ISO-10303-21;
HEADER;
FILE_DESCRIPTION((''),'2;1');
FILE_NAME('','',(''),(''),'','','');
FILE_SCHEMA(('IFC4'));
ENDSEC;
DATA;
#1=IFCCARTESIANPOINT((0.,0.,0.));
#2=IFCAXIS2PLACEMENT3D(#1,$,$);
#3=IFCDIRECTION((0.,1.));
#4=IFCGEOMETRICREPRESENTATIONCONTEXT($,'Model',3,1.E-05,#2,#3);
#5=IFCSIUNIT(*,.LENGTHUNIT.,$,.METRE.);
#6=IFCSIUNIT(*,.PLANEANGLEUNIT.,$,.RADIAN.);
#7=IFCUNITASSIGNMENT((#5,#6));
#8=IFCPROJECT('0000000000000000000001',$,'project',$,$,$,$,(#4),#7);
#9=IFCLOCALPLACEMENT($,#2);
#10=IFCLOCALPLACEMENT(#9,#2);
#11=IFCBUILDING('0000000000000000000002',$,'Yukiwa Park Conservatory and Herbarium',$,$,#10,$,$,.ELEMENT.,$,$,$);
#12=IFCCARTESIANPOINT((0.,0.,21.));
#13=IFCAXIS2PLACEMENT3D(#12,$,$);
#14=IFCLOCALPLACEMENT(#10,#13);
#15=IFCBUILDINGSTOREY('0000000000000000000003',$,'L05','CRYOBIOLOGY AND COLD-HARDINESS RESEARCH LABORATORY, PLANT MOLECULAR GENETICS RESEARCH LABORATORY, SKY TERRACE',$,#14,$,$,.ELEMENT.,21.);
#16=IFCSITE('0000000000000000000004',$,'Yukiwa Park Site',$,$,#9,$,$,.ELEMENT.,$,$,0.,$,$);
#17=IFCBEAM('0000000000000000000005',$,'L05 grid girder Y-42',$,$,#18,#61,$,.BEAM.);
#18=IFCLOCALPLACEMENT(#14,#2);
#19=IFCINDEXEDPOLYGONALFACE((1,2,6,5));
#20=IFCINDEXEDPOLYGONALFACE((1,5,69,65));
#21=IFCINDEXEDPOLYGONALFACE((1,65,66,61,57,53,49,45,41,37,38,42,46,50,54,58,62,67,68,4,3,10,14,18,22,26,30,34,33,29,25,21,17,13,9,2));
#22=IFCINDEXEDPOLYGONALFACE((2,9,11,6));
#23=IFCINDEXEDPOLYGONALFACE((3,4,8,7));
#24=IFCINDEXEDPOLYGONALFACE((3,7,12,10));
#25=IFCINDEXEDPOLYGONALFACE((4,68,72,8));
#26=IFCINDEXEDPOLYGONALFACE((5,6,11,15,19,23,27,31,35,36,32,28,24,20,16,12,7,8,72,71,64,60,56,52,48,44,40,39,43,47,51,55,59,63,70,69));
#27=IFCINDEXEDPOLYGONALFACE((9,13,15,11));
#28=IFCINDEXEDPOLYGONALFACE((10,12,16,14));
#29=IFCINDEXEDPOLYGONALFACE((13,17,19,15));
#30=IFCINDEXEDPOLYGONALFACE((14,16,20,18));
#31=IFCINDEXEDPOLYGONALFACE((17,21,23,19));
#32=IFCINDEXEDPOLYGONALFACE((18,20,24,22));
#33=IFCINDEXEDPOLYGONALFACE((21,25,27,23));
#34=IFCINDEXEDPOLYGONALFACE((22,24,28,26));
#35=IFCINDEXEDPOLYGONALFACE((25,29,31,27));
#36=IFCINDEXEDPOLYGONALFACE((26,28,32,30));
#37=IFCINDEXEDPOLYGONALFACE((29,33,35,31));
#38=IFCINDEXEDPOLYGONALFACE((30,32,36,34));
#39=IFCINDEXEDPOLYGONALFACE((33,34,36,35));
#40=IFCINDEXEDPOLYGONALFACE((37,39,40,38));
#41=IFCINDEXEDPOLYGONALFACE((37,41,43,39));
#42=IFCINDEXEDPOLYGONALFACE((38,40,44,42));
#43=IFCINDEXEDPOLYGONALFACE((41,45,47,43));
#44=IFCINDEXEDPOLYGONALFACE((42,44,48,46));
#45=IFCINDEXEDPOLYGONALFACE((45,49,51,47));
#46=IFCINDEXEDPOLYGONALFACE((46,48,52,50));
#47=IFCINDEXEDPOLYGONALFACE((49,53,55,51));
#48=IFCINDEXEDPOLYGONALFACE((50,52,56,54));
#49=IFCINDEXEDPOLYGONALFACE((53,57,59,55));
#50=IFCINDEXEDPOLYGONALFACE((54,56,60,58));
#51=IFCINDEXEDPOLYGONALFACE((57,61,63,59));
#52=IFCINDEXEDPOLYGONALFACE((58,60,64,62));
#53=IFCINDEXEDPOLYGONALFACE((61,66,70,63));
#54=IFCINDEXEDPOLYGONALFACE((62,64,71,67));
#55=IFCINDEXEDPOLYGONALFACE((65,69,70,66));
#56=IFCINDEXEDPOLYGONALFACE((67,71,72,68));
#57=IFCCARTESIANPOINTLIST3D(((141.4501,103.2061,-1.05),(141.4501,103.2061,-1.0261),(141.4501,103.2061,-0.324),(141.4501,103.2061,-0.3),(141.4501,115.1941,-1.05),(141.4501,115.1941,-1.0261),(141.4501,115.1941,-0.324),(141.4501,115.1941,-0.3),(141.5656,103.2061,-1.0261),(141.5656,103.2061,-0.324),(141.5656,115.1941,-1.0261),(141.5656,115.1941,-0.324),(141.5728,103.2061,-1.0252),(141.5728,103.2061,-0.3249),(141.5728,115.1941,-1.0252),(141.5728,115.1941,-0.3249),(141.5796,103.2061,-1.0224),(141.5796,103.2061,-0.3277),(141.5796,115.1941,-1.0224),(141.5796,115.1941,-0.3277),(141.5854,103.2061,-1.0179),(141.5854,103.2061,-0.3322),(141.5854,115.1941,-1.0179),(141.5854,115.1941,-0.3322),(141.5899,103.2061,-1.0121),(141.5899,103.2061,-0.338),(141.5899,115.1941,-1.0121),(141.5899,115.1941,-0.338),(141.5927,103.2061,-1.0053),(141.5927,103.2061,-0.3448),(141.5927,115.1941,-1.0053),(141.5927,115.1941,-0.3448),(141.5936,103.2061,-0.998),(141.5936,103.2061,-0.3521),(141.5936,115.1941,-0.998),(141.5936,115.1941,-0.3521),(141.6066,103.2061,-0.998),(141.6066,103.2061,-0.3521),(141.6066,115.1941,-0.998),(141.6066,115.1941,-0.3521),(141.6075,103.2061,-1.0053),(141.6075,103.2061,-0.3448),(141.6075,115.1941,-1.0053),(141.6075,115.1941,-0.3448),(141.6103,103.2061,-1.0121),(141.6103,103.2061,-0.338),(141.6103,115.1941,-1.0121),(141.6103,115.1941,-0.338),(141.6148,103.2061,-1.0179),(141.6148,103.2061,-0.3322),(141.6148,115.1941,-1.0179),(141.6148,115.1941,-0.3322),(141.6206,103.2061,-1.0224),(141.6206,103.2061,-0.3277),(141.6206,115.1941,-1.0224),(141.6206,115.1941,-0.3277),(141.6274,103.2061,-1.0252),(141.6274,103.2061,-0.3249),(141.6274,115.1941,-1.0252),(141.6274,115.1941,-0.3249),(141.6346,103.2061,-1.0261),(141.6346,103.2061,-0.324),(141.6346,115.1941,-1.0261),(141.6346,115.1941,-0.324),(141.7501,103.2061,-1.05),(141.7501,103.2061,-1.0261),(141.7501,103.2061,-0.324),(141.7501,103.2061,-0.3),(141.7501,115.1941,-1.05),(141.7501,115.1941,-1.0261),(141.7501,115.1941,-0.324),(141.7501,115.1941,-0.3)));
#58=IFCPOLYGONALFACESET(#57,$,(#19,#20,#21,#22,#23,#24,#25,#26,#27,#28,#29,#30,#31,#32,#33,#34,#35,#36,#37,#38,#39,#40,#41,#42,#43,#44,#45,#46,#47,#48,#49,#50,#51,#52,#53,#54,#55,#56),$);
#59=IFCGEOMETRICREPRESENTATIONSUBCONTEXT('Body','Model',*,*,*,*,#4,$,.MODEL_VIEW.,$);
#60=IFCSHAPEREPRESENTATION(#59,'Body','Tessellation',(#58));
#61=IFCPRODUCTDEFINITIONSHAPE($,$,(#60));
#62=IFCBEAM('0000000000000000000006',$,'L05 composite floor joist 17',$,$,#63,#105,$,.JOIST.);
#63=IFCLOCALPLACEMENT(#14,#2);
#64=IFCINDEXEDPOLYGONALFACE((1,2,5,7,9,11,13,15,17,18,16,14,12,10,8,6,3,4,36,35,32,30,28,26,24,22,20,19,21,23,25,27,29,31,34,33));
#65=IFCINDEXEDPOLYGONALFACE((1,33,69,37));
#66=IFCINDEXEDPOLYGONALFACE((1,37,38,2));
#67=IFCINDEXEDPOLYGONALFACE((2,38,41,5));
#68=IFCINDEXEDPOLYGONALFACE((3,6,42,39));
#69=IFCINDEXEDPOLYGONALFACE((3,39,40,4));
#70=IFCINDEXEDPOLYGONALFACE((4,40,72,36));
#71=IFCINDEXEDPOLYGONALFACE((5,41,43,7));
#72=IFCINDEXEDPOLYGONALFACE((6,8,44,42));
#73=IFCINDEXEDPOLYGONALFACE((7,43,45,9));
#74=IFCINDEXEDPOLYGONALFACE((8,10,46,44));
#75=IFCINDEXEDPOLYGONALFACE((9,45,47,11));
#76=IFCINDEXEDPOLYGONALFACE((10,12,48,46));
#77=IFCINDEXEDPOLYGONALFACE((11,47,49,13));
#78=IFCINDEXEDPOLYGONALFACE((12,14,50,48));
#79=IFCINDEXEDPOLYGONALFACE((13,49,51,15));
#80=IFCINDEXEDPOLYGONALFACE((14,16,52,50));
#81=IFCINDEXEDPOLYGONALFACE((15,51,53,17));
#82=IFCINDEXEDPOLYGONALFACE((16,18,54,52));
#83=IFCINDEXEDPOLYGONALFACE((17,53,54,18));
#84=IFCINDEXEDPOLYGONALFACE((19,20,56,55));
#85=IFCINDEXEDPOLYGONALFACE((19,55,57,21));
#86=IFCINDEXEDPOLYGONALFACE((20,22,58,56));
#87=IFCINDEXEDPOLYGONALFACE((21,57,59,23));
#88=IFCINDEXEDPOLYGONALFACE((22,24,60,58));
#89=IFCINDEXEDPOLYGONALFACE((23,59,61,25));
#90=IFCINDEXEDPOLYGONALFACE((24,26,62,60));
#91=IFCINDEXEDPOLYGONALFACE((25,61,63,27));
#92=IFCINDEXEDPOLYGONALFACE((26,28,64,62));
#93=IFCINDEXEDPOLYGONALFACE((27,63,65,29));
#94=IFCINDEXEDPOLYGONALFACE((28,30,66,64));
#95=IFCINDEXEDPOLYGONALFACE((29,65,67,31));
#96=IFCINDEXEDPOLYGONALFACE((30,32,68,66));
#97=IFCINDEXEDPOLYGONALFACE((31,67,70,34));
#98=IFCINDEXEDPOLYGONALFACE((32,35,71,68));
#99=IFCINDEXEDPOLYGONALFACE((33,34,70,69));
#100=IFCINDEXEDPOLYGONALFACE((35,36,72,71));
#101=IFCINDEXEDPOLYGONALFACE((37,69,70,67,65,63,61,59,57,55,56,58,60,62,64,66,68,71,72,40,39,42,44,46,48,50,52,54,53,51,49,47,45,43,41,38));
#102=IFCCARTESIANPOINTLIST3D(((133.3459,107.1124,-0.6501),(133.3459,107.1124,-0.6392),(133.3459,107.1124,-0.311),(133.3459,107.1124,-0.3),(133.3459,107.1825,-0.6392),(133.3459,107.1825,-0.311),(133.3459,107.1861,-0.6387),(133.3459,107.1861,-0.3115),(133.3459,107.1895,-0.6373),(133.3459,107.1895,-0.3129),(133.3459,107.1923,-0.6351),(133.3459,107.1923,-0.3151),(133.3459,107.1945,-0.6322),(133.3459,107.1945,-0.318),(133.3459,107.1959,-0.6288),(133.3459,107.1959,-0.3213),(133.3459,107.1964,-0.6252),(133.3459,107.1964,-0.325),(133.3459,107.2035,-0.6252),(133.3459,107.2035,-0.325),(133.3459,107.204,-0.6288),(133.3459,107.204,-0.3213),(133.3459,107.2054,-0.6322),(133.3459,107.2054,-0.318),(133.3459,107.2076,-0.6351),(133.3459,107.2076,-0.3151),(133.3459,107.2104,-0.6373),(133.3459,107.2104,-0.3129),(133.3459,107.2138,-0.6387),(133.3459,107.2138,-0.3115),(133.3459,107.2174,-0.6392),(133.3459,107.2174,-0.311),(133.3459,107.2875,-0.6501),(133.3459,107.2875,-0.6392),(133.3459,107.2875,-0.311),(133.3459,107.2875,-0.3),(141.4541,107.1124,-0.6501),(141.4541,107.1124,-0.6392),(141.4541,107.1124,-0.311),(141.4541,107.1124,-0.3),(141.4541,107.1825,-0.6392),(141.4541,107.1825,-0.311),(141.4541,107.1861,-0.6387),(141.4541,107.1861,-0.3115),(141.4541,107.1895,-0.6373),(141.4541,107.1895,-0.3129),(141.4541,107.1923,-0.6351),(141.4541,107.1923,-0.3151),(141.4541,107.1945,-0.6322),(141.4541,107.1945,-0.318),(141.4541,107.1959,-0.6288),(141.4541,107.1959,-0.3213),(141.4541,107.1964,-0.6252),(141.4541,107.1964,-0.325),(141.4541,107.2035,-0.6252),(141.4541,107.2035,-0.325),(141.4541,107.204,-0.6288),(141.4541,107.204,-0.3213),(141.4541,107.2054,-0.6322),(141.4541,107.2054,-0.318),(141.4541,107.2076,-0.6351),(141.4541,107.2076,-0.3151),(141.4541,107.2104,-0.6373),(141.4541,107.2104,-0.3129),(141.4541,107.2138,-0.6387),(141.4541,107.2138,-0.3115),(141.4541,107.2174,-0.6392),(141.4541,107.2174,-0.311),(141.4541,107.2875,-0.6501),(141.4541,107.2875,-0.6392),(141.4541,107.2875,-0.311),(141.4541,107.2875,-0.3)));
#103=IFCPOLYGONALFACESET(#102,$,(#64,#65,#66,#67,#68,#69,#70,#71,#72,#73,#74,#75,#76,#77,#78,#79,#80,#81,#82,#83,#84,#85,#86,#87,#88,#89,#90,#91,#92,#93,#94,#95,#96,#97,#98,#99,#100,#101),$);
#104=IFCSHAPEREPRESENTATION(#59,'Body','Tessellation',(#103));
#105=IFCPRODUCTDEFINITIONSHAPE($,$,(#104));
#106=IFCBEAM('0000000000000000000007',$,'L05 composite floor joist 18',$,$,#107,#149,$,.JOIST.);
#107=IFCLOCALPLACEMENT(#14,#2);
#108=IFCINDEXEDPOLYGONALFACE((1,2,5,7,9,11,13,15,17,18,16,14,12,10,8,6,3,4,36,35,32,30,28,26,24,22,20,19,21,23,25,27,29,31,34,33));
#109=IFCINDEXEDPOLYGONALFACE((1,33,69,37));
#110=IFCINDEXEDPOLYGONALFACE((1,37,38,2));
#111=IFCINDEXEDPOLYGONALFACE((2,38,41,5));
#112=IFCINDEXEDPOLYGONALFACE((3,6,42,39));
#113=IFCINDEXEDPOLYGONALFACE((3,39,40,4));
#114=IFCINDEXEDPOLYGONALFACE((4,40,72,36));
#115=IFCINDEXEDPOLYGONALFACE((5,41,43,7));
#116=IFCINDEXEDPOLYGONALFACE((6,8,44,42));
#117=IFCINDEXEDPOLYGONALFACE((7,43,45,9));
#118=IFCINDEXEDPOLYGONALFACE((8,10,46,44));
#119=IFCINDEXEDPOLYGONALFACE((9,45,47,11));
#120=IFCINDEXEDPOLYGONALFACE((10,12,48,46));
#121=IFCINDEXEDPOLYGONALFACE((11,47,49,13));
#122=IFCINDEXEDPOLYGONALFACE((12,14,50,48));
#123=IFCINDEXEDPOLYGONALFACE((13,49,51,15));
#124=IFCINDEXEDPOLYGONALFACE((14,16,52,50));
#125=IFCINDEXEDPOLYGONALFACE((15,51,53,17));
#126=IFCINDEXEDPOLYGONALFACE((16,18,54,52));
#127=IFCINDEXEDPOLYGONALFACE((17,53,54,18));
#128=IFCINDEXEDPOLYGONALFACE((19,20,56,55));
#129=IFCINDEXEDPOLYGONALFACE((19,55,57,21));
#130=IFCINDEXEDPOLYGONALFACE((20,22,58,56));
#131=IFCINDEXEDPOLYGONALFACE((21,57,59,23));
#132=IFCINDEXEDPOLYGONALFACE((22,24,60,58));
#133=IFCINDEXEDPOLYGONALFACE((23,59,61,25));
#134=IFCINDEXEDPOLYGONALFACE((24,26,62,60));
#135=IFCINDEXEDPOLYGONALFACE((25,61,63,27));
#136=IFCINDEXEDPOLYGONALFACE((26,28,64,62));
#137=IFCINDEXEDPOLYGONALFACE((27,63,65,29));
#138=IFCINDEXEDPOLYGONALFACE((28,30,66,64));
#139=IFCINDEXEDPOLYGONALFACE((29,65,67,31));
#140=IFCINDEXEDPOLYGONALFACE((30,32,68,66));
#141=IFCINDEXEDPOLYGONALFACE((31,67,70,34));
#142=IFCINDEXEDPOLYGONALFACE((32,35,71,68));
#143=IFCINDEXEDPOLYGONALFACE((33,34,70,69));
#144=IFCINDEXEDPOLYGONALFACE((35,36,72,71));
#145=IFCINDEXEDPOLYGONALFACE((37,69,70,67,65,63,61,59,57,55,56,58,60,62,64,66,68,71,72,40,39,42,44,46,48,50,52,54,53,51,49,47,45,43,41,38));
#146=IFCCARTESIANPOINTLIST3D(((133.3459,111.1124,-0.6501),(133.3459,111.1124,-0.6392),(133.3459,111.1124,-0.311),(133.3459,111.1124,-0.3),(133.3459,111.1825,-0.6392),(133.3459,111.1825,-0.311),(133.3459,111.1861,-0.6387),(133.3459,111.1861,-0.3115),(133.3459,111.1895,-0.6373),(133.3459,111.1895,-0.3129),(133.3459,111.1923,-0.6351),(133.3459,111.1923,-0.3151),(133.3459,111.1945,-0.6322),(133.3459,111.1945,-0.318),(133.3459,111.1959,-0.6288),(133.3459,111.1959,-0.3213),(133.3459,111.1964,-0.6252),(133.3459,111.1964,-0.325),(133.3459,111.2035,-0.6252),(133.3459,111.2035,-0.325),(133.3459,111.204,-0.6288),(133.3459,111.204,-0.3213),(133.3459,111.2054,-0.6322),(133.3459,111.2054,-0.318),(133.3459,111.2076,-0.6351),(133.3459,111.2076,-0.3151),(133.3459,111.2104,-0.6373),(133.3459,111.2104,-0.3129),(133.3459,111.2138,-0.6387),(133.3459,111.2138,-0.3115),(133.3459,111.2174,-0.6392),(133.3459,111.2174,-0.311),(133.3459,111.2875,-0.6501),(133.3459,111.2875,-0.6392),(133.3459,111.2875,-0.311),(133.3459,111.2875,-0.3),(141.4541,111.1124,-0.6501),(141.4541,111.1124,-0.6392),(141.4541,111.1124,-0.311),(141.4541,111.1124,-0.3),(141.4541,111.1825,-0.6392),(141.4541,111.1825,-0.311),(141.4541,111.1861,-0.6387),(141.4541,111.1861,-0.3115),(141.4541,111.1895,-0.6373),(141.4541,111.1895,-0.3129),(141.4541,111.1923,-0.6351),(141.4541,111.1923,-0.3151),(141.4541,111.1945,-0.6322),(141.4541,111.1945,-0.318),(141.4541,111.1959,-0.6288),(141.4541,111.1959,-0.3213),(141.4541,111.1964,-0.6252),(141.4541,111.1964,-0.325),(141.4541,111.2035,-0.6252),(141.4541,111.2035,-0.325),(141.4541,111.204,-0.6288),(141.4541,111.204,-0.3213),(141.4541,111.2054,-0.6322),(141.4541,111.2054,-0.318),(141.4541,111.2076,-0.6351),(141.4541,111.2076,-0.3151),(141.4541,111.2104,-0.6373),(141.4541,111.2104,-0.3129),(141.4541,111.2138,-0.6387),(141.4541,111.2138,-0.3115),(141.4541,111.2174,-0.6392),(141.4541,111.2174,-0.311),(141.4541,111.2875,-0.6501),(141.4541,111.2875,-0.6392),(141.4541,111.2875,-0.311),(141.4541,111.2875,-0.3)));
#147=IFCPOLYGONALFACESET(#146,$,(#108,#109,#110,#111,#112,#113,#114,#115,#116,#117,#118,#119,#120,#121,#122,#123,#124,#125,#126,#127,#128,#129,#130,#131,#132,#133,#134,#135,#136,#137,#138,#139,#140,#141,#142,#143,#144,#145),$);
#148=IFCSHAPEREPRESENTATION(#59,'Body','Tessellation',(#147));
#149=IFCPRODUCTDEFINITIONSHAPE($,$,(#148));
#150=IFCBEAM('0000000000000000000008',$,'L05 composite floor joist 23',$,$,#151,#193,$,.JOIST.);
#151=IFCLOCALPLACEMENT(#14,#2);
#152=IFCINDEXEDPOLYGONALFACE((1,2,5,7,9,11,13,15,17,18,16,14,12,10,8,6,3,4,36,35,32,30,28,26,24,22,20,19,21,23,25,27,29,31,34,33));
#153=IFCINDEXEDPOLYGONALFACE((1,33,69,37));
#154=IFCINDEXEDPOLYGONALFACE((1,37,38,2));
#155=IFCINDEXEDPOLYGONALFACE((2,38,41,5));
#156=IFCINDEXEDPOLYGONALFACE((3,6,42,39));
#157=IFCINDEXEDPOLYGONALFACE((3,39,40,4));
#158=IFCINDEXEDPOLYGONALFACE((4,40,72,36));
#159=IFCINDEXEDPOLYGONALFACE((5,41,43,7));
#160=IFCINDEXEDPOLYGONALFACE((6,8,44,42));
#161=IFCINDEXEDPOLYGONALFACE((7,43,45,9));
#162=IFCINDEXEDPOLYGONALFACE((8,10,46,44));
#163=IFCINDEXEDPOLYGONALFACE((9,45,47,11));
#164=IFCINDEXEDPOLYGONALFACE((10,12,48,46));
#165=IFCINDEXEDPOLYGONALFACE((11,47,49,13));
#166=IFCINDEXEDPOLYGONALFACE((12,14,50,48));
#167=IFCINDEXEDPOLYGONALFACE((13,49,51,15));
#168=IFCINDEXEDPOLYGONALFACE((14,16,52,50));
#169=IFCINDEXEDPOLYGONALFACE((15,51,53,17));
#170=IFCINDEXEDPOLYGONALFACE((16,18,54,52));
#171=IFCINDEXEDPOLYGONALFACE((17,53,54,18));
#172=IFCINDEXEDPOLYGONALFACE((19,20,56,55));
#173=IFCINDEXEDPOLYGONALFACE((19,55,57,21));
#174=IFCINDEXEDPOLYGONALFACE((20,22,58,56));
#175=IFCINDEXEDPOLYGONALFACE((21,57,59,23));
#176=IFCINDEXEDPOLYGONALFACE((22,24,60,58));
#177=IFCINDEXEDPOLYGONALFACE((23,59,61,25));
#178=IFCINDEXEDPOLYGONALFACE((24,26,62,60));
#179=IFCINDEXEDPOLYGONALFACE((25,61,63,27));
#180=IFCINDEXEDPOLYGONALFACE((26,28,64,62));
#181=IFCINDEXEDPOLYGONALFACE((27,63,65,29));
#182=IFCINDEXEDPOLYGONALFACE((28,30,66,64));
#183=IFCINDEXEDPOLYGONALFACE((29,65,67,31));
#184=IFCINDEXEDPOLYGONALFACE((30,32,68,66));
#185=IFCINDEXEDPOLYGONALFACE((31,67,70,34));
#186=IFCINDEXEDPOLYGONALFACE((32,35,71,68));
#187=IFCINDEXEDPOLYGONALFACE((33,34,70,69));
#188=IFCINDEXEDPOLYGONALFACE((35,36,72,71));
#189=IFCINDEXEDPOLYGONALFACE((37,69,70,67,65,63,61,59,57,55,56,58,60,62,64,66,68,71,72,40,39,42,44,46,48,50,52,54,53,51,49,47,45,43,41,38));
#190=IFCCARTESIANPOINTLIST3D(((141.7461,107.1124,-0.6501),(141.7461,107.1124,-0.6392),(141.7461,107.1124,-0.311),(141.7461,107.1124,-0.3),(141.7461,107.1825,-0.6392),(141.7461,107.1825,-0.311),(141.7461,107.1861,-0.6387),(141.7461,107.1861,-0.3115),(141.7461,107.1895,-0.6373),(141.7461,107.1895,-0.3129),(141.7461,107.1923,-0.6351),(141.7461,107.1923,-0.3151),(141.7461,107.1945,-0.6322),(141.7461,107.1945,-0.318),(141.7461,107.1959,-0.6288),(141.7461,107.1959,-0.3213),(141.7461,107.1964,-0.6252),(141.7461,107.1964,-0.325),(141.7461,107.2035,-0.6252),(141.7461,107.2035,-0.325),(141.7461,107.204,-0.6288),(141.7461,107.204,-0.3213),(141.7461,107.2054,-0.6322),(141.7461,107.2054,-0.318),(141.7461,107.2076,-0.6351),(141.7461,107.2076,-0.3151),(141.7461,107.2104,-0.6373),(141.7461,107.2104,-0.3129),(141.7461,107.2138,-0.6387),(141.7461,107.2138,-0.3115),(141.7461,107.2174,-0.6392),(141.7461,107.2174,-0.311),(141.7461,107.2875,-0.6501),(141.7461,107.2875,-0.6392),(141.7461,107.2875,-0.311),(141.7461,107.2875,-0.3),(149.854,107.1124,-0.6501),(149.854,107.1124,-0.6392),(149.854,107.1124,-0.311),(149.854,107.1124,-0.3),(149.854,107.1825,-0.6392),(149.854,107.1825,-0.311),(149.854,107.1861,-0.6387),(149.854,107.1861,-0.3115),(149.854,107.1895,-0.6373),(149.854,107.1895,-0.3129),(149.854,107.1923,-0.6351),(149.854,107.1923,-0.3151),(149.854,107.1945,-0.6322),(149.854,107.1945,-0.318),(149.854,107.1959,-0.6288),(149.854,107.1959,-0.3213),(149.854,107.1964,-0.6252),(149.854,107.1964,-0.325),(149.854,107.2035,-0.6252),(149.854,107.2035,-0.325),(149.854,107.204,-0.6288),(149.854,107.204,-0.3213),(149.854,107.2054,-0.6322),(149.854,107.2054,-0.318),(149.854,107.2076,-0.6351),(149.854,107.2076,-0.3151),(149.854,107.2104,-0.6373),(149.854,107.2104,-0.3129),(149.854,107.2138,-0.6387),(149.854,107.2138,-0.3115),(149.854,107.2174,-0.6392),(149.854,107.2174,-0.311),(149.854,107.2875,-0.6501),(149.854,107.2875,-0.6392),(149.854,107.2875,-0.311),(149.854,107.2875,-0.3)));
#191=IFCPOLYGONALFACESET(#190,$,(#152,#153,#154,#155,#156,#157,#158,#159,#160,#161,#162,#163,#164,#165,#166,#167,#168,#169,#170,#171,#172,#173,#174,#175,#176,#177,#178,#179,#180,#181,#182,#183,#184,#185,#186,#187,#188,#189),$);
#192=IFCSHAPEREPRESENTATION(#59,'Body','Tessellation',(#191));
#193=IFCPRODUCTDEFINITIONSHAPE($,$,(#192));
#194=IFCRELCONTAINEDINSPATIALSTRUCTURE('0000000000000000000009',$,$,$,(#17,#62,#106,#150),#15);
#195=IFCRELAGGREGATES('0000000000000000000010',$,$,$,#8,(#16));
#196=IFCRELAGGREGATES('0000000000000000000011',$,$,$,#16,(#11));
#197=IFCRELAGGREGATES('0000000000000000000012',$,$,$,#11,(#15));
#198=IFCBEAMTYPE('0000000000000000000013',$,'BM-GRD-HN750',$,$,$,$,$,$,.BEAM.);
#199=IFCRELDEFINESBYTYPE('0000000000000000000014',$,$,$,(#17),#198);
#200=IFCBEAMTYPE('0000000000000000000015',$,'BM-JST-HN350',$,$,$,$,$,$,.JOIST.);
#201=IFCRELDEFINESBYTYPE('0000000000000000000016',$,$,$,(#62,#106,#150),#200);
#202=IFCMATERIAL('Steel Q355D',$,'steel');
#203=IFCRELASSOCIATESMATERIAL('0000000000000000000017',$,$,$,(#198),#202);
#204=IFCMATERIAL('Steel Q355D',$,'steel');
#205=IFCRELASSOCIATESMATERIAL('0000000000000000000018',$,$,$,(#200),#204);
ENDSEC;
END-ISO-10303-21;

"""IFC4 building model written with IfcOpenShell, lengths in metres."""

from ifc_helpers import new_model, si_unit, direction, frame, origin, origin_2d, place, context, subcontext, project, spatial, i_section, extrude, material, material_profile, profile_set, type_object, element, save


model = new_model("IFC4")

# Units and contexts
model_context = context("Model", 3, precision=1e-05, world=origin(), true_north=direction((0.0, 1.0)))
body_context = subcontext(model_context, "Body", "Model", "MODEL_VIEW")
ifc_project = project(units=[si_unit("LENGTHUNIT", "METRE"), si_unit("PLANEANGLEUNIT", "RADIAN")], contexts=[model_context])

# Site, building, storey
site_placement = place(None, origin())
site = spatial("IfcSite", under=ifc_project, at=site_placement, Name="Yukiwa Park Site", CompositionType="ELEMENT", RefElevation=0.0)
building_placement = place(site_placement, origin())
building = spatial("IfcBuilding", under=site, at=building_placement, Name="Yukiwa Park Conservatory and Herbarium", CompositionType="ELEMENT")
storey_placement = place(building_placement, frame((0.0, 0.0, 21.0)))
storey = spatial("IfcBuildingStorey", under=building, at=storey_placement, Name="L05", Description="CRYOBIOLOGY AND COLD-HARDINESS RESEARCH LABORATORY, PLANT MOLECULAR GENETICS RESEARCH LABORATORY, SKY TERRACE", CompositionType="ELEMENT", Elevation=21.0)

# Beams
ifc_material_1 = material(Name="Steel Q355D", Category="steel")
ifc_material_profile_1 = material_profile(ifc_material_1, i_section(OverallWidth=0.3, OverallDepth=0.75, WebThickness=0.0129, FlangeThickness=0.0239, FilletRadius=0.0281, at=origin_2d()), Name="HN 750x300x13x24")
ifc_profile_set_1 = profile_set([ifc_material_profile_1], Name="Steel Q355D")
beam_type_1 = type_object("IfcBeamType", Name="BM-GRD-HN750", PredefinedType="BEAM", material=ifc_profile_set_1)
for number, where, z_axis, x_axis, name in (
    (1, (141.6001, 103.2061, -0.675), (0.0, 1.0, 0.0), (-1.0, 0.0, 0.0), "L05 grid girder Y-42"),
):
    element("IfcBeam", number, at=place(storey_placement, frame(where, z_axis=z_axis, x_axis=x_axis)), inside=storey, type_object=beam_type_1, Name=name, PredefinedType="BEAM", context=body_context, shape_type="SweptSolid", body=[
        extrude(i_section(OverallWidth=0.3, OverallDepth=0.75, WebThickness=0.0129, FlangeThickness=0.0239, FilletRadius=0.0281, at=origin_2d()), origin(), (0.0, 0.0, 1.0), 11.988),
    ])
ifc_material_2 = material(Name="Steel Q355D", Category="steel")
ifc_material_profile_2 = material_profile(ifc_material_2, i_section(OverallWidth=0.175, OverallDepth=0.3501, WebThickness=0.0071, FlangeThickness=0.011, FilletRadius=0.0139, at=origin_2d()), Name="HN 350x175x7x11")
ifc_profile_set_2 = profile_set([ifc_material_profile_2], Name="Steel Q355D")
beam_type_2 = type_object("IfcBeamType", Name="BM-JST-HN350", PredefinedType="JOIST", material=ifc_profile_set_2)
for number, where, z_axis, x_axis, name in (
    (2, (133.3459, 107.2, -0.4751), (1.0, 0.0, 0.0), (0.0, 1.0, 0.0), "L05 composite floor joist 17"),
    (3, (133.3459, 111.2, -0.4751), (1.0, 0.0, 0.0), (0.0, 1.0, 0.0), "L05 composite floor joist 18"),
):
    element("IfcBeam", number, at=place(storey_placement, frame(where, z_axis=z_axis, x_axis=x_axis)), inside=storey, type_object=beam_type_2, Name=name, PredefinedType="JOIST", context=body_context, shape_type="SweptSolid", body=[
        extrude(i_section(OverallWidth=0.175, OverallDepth=0.3501, WebThickness=0.0071, FlangeThickness=0.011, FilletRadius=0.0139, at=origin_2d()), origin(), (0.0, 0.0, 1.0), 8.1082),
    ])
for number, where, z_axis, x_axis, name in (
    (4, (141.7461, 107.2, -0.4751), (1.0, 0.0, 0.0), (0.0, 1.0, 0.0), "L05 composite floor joist 23"),
):
    element("IfcBeam", number, at=place(storey_placement, frame(where, z_axis=z_axis, x_axis=x_axis)), inside=storey, type_object=beam_type_2, Name=name, PredefinedType="JOIST", context=body_context, shape_type="SweptSolid", body=[
        extrude(i_section(OverallWidth=0.175, OverallDepth=0.3501, WebThickness=0.0071, FlangeThickness=0.011, FilletRadius=0.0139, at=origin_2d()), origin(), (0.0, 0.0, 1.0), 8.1079),
    ])

save(model, "model.ifc")
